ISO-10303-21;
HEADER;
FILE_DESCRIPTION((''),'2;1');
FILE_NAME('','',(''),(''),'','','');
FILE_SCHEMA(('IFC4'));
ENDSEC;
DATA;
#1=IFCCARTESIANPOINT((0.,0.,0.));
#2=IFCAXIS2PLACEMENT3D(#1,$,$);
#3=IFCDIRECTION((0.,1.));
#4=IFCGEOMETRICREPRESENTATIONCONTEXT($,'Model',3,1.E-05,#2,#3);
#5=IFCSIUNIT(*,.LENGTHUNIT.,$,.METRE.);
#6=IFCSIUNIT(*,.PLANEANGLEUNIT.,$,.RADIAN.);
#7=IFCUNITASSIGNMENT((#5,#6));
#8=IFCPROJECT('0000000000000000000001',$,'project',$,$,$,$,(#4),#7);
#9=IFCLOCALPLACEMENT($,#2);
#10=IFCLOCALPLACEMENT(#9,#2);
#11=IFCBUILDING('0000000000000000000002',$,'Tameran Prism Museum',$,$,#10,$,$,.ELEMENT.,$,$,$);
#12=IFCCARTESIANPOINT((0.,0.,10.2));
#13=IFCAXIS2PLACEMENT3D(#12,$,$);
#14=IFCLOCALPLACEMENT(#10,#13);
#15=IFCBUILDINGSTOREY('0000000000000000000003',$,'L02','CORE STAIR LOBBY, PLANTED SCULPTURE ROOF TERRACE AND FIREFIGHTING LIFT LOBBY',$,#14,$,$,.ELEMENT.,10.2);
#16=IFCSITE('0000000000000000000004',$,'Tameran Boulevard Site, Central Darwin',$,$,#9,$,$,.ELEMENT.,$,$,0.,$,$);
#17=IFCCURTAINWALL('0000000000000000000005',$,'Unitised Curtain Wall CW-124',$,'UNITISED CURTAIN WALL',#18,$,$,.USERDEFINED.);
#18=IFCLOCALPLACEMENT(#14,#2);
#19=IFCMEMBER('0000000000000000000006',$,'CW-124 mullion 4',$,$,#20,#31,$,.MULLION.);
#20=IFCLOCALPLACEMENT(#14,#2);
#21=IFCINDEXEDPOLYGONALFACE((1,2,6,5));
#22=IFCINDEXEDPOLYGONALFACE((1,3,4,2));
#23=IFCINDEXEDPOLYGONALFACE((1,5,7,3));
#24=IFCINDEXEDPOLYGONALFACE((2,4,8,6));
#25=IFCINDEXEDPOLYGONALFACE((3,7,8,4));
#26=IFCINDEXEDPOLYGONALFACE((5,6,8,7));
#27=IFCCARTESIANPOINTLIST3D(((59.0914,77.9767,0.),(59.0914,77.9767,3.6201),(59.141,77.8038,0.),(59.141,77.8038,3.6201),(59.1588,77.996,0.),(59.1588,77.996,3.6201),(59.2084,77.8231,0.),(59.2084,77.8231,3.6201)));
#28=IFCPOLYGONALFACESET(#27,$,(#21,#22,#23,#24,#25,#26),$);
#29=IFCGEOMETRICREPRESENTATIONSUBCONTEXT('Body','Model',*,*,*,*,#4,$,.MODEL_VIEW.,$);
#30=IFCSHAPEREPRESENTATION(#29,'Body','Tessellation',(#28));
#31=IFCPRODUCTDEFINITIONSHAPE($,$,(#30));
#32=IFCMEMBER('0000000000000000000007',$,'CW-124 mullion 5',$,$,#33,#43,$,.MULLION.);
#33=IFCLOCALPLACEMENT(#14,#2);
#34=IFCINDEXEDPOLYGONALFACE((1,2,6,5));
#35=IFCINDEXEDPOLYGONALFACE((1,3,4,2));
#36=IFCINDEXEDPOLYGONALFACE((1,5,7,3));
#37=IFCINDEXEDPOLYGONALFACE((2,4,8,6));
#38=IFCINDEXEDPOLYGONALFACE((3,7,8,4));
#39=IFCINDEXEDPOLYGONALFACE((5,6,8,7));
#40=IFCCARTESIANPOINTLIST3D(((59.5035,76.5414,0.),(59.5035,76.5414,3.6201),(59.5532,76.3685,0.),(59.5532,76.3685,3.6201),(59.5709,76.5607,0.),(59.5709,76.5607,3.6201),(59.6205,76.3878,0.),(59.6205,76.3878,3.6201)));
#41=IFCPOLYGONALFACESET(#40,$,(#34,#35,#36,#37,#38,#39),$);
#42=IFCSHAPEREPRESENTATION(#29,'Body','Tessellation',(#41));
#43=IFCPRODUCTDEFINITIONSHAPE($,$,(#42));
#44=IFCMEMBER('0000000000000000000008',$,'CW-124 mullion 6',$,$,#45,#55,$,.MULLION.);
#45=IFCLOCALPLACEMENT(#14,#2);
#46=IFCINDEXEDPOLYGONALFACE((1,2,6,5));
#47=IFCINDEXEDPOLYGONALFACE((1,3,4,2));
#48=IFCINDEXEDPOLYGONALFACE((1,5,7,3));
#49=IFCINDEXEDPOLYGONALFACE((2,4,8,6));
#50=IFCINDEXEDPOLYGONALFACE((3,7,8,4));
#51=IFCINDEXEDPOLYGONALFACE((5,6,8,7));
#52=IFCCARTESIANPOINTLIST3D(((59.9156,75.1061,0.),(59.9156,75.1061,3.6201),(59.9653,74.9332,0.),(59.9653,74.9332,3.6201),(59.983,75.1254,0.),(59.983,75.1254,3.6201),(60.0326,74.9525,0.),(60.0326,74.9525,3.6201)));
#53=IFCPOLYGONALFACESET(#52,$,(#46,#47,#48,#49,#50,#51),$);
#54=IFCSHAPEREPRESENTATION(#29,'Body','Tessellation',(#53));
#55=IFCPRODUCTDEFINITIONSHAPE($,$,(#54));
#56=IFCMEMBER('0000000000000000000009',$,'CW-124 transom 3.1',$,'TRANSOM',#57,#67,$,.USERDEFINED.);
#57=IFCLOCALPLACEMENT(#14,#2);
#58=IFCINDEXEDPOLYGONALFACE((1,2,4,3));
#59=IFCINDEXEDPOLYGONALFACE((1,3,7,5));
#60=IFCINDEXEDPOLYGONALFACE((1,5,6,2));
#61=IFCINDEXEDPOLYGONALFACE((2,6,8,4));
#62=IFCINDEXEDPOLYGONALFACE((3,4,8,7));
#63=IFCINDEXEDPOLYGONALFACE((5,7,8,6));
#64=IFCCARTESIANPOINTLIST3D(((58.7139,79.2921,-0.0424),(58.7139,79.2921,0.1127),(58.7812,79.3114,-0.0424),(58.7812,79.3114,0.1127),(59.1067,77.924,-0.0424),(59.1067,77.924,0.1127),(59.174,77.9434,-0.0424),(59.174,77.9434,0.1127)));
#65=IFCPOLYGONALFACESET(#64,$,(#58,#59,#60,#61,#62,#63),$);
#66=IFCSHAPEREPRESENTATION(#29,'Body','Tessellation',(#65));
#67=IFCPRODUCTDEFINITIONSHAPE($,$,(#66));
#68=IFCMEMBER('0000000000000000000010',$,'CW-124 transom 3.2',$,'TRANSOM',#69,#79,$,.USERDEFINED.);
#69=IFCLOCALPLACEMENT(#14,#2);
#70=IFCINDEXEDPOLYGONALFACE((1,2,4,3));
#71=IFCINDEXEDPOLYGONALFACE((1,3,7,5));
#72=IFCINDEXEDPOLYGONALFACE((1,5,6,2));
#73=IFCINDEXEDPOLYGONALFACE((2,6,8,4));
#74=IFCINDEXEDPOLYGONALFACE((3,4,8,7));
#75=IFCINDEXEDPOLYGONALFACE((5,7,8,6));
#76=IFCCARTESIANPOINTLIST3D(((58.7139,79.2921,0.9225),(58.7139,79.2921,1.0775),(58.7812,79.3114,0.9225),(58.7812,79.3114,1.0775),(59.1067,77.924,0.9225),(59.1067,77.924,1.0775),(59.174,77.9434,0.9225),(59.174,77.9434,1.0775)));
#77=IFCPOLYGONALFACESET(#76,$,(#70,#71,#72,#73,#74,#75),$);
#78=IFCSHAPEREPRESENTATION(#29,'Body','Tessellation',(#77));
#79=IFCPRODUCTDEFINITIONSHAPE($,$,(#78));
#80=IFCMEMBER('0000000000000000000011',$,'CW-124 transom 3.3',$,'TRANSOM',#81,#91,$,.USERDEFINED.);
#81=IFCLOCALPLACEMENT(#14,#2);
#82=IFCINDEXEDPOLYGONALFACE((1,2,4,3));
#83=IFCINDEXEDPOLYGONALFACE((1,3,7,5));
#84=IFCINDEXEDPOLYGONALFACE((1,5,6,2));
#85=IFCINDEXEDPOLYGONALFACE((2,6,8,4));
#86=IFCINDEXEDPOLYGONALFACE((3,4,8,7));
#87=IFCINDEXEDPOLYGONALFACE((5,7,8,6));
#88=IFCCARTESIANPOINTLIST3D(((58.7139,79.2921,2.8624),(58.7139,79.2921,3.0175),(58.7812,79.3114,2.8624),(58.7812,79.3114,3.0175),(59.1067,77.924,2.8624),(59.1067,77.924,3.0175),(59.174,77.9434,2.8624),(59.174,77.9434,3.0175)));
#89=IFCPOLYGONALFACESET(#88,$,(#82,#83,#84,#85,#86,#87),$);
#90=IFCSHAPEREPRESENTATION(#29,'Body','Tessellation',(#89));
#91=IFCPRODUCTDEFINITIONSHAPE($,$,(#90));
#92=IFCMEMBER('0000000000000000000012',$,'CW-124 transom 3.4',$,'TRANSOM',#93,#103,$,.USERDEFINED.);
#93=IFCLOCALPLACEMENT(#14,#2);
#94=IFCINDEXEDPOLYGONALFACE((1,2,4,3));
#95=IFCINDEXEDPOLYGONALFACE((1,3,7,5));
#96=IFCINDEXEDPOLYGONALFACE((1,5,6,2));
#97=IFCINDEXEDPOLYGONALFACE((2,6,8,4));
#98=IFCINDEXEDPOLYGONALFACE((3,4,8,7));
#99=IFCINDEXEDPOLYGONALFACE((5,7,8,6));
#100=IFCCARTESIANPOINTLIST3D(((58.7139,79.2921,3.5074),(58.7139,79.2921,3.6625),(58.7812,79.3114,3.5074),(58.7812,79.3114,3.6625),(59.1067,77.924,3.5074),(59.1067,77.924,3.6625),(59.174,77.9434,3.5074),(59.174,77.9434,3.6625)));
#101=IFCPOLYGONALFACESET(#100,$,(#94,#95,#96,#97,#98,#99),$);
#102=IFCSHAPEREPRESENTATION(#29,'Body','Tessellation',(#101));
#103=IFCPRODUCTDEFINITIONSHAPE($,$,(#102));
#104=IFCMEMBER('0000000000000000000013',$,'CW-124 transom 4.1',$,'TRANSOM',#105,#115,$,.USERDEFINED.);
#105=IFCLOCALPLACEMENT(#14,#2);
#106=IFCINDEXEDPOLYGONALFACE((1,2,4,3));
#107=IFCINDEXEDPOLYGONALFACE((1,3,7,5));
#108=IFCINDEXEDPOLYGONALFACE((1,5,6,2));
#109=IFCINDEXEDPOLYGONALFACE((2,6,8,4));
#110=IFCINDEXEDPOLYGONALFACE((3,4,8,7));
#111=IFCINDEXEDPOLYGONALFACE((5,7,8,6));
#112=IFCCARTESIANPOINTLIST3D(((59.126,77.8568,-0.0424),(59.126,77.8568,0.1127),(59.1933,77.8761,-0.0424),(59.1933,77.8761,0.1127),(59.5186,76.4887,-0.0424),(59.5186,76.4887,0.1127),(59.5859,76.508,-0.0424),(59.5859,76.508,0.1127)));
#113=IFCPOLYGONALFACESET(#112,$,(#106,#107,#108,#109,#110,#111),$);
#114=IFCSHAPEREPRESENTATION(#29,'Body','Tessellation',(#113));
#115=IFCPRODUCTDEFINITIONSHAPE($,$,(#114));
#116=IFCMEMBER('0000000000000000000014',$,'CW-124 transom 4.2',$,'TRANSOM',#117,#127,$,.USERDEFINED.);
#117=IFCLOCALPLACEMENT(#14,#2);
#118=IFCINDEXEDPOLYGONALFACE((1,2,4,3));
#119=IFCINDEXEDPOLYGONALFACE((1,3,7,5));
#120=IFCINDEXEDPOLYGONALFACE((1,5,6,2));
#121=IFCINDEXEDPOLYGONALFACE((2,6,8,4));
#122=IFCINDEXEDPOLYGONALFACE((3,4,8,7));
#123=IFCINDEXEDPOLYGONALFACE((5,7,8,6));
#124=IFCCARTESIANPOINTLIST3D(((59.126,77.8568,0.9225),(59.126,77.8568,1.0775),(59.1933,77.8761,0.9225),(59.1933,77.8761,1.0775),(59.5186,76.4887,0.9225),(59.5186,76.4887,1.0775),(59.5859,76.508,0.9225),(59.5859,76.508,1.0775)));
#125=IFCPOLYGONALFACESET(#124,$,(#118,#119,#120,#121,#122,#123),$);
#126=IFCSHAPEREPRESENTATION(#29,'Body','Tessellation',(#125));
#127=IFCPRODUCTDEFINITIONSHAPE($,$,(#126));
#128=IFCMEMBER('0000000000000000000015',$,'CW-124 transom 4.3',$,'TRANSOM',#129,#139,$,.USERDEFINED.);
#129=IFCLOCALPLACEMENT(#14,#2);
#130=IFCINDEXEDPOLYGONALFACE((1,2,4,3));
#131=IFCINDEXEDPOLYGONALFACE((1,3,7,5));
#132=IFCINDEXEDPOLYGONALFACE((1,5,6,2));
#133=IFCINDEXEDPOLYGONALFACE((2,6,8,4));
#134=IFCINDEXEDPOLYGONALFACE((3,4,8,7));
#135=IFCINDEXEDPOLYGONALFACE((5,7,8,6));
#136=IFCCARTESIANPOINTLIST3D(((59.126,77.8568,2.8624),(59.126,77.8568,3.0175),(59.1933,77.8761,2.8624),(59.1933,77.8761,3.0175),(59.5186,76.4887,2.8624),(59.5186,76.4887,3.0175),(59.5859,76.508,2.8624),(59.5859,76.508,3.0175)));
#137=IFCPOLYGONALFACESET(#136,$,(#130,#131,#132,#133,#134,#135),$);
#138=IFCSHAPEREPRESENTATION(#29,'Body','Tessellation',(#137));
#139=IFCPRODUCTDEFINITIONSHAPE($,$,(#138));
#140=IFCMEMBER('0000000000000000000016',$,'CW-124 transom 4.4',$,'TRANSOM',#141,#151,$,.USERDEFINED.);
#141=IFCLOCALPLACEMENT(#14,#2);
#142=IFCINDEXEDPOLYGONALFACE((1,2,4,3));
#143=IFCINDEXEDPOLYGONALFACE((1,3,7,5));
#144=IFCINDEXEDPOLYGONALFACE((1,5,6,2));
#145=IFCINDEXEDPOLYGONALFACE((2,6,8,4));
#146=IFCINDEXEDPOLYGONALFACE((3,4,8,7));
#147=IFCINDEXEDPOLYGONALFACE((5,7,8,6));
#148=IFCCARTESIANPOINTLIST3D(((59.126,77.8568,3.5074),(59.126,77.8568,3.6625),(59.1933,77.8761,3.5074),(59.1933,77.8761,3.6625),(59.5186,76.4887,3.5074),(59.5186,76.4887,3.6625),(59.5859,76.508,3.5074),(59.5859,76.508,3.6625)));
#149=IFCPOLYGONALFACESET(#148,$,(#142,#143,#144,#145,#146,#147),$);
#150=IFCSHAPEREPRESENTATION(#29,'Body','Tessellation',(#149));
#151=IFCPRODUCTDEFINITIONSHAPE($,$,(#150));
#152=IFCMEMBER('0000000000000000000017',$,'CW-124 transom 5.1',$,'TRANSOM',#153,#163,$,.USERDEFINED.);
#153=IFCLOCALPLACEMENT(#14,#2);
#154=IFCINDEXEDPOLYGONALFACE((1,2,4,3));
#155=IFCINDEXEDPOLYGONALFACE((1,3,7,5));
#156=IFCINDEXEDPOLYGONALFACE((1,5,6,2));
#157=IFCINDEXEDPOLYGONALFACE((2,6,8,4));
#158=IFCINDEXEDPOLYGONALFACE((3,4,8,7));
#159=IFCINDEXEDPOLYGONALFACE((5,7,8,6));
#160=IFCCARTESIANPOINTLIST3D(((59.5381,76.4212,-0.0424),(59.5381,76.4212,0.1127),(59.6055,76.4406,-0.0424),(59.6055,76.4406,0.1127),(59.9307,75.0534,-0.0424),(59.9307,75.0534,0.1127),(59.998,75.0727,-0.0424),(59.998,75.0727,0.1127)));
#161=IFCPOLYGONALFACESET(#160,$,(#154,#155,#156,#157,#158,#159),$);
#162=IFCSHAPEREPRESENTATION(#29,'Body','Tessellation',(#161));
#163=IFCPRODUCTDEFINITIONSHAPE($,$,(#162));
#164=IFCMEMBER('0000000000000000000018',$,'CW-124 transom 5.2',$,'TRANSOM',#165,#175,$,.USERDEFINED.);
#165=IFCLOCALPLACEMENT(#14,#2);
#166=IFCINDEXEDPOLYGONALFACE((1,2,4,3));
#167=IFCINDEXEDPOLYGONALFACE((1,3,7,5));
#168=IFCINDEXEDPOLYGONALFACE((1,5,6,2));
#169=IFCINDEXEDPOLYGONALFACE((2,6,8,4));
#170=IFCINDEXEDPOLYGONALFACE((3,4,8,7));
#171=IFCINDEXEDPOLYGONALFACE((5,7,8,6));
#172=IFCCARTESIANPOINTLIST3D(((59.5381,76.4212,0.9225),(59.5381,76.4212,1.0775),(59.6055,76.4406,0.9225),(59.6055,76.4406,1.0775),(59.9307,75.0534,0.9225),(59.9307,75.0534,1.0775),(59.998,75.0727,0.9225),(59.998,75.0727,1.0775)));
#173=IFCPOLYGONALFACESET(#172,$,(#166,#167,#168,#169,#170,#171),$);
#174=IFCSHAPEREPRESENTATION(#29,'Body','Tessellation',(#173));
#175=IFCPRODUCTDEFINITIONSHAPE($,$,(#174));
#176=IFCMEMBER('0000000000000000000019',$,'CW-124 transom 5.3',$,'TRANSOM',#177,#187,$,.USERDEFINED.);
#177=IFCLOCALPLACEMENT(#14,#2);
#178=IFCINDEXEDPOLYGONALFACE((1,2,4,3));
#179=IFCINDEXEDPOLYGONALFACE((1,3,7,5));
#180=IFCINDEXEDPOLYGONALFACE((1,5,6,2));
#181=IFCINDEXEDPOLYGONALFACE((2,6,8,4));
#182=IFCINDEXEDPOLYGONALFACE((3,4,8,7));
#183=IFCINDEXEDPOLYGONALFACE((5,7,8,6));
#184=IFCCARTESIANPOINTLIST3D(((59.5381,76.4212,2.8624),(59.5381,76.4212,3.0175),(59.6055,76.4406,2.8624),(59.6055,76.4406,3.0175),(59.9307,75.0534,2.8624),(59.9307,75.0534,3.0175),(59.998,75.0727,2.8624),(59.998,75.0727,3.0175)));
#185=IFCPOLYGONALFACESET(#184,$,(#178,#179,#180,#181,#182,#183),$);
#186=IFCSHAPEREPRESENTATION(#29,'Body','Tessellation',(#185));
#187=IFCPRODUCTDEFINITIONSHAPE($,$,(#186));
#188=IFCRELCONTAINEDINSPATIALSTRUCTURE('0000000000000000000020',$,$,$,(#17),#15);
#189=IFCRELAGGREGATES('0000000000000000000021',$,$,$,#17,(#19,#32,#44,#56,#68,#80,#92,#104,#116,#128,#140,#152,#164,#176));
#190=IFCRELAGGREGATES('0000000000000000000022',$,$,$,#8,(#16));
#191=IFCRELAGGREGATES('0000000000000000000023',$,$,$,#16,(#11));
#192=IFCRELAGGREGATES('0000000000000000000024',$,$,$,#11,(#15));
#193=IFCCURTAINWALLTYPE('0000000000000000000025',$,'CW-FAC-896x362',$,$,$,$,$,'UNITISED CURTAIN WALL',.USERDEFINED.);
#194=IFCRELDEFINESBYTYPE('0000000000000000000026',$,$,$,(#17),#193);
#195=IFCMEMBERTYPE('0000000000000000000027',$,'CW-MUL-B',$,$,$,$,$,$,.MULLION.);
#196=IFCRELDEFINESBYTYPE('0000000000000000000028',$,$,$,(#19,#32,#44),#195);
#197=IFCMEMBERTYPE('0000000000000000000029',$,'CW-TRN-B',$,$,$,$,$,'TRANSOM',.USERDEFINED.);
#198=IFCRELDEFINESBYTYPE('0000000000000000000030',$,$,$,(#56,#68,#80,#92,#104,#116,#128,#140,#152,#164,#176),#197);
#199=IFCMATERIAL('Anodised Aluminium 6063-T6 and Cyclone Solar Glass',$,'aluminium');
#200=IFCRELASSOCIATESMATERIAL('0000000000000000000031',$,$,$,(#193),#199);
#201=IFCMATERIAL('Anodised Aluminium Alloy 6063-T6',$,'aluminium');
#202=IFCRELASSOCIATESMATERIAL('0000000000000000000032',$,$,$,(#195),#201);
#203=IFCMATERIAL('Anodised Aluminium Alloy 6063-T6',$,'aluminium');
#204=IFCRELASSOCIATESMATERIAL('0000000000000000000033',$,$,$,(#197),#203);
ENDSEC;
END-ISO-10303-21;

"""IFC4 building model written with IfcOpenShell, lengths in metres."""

from ifc_helpers import new_model, si_unit, direction, frame, origin, origin_2d, place, context, subcontext, project, spatial, rectangle, extrude, material, material_profile, profile_set, type_object, element, aggregate, save


model = new_model("IFC4")

# Units and contexts
model_context = context("Model", 3, precision=1e-05, world=origin(), true_north=direction((0.0, 1.0)))
body_context = subcontext(model_context, "Body", "Model", "MODEL_VIEW")
ifc_project = project(units=[si_unit("LENGTHUNIT", "METRE"), si_unit("PLANEANGLEUNIT", "RADIAN")], contexts=[model_context])

# Site, building, storey
site_placement = place(None, origin())
site = spatial("IfcSite", under=ifc_project, at=site_placement, Name="Tameran Boulevard Site, Central Darwin", CompositionType="ELEMENT", RefElevation=0.0)
building_placement = place(site_placement, origin())
building = spatial("IfcBuilding", under=site, at=building_placement, Name="Tameran Prism Museum", CompositionType="ELEMENT")
storey_placement = place(building_placement, frame((0.0, 0.0, 10.2)))
storey = spatial("IfcBuildingStorey", under=building, at=storey_placement, Name="L02", Description="CORE STAIR LOBBY, PLANTED SCULPTURE ROOF TERRACE AND FIREFIGHTING LIFT LOBBY", CompositionType="ELEMENT", Elevation=10.2)

# Curtain wall, members
ifc_material_1 = material(Name="Anodised Aluminium 6063-T6 and Cyclone Solar Glass", Category="aluminium")
curtain_wall_type = type_object("IfcCurtainWallType", Name="CW-FAC-896x362", ElementType="UNITISED CURTAIN WALL", PredefinedType="USERDEFINED", material=ifc_material_1)
curtain_wall_placement = place(storey_placement, origin())
curtain_wall = element("IfcCurtainWall", 1, at=curtain_wall_placement, inside=storey, type_object=curtain_wall_type, Name="Unitised Curtain Wall CW-124", ObjectType="UNITISED CURTAIN WALL", PredefinedType="USERDEFINED")
ifc_material_2 = material(Name="Anodised Aluminium Alloy 6063-T6", Category="aluminium")
ifc_material_profile_1 = material_profile(ifc_material_2, rectangle(XDim=0.0701, YDim=0.1799, at=origin_2d()))
ifc_profile_set_1 = profile_set([ifc_material_profile_1])
member_type_1 = type_object("IfcMemberType", Name="CW-MUL-B", PredefinedType="MULLION", material=ifc_profile_set_1)
member_1_placement = place(storey_placement, frame((59.1499, 77.8999, 0.0), z_axis=(0.0, 0.0, 1.0), x_axis=(0.961186, 0.2759, 0.0)))
member_1 = element("IfcMember", 2, at=member_1_placement, type_object=member_type_1, Name="CW-124 mullion 4", PredefinedType="MULLION", context=body_context, shape_type="SweptSolid", body=[
    extrude(rectangle(XDim=0.0701, YDim=0.1799, at=origin_2d()), origin(), (0.0, 0.0, 1.0), 3.6201),
])
member_2_placement = place(storey_placement, frame((59.562, 76.4646, 0.0), z_axis=(0.0, 0.0, 1.0), x_axis=(0.961186, 0.2759, 0.0)))
member_2 = element("IfcMember", 3, at=member_2_placement, type_object=member_type_1, Name="CW-124 mullion 5", PredefinedType="MULLION", context=body_context, shape_type="SweptSolid", body=[
    extrude(rectangle(XDim=0.0701, YDim=0.1799, at=origin_2d()), origin(), (0.0, 0.0, 1.0), 3.6201),
])
member_3_placement = place(storey_placement, frame((59.9741, 75.0293, 0.0), z_axis=(0.0, 0.0, 1.0), x_axis=(0.961186, 0.2759, 0.0)))
member_3 = element("IfcMember", 4, at=member_3_placement, type_object=member_type_1, Name="CW-124 mullion 6", PredefinedType="MULLION", context=body_context, shape_type="SweptSolid", body=[
    extrude(rectangle(XDim=0.0701, YDim=0.1799, at=origin_2d()), origin(), (0.0, 0.0, 1.0), 3.6201),
])
ifc_material_3 = material(Name="Anodised Aluminium Alloy 6063-T6", Category="aluminium")
ifc_material_profile_2 = material_profile(ifc_material_3, rectangle(XDim=0.0701, YDim=0.155, at=origin_2d()))
ifc_profile_set_2 = profile_set([ifc_material_profile_2])
member_type_2 = type_object("IfcMemberType", Name="CW-TRN-B", ElementType="TRANSOM", PredefinedType="USERDEFINED", material=ifc_profile_set_2)
member_4_placement = place(storey_placement, frame((58.7476, 79.3018, 0.0352), z_axis=(0.275967, -0.961167, 0.0), x_axis=(0.961167, 0.275967, 0.0)))
member_4 = element("IfcMember", 5, at=member_4_placement, type_object=member_type_2, Name="CW-124 transom 3.1", ObjectType="TRANSOM", PredefinedType="USERDEFINED", context=body_context, shape_type="SweptSolid", body=[
    extrude(rectangle(XDim=0.0701, YDim=0.155, at=origin_2d()), origin(), (0.0, 0.0, 1.0), 1.4233),
])
member_5_placement = place(storey_placement, frame((58.7476, 79.3018, 1.0), z_axis=(0.275967, -0.961167, 0.0), x_axis=(0.961167, 0.275967, 0.0)))
member_5 = element("IfcMember", 6, at=member_5_placement, type_object=member_type_2, Name="CW-124 transom 3.2", ObjectType="TRANSOM", PredefinedType="USERDEFINED", context=body_context, shape_type="SweptSolid", body=[
    extrude(rectangle(XDim=0.0701, YDim=0.155, at=origin_2d()), origin(), (0.0, 0.0, 1.0), 1.4233),
])
member_6_placement = place(storey_placement, frame((58.7476, 79.3018, 2.9399), z_axis=(0.275967, -0.961167, 0.0), x_axis=(0.961167, 0.275967, 0.0)))
member_6 = element("IfcMember", 7, at=member_6_placement, type_object=member_type_2, Name="CW-124 transom 3.3", ObjectType="TRANSOM", PredefinedType="USERDEFINED", context=body_context, shape_type="SweptSolid", body=[
    extrude(rectangle(XDim=0.0701, YDim=0.155, at=origin_2d()), origin(), (0.0, 0.0, 1.0), 1.4233),
])
member_7_placement = place(storey_placement, frame((58.7476, 79.3018, 3.585), z_axis=(0.275967, -0.961167, 0.0), x_axis=(0.961167, 0.275967, 0.0)))
member_7 = element("IfcMember", 8, at=member_7_placement, type_object=member_type_2, Name="CW-124 transom 3.4", ObjectType="TRANSOM", PredefinedType="USERDEFINED", context=body_context, shape_type="SweptSolid", body=[
    extrude(rectangle(XDim=0.0701, YDim=0.155, at=origin_2d()), origin(), (0.0, 0.0, 1.0), 1.4233),
])
member_8_placement = place(storey_placement, frame((59.1597, 77.8665, 0.0352), z_axis=(0.275808, -0.961213, 0.0), x_axis=(0.961213, 0.275808, 0.0)))
member_8 = element("IfcMember", 9, at=member_8_placement, type_object=member_type_2, Name="CW-124 transom 4.1", ObjectType="TRANSOM", PredefinedType="USERDEFINED", context=body_context, shape_type="SweptSolid", body=[
    extrude(rectangle(XDim=0.0701, YDim=0.155, at=origin_2d()), origin(), (0.0, 0.0, 1.0), 1.4233),
])
member_9_placement = place(storey_placement, frame((59.1597, 77.8665, 1.0), z_axis=(0.275808, -0.961213, 0.0), x_axis=(0.961213, 0.275808, 0.0)))
member_9 = element("IfcMember", 10, at=member_9_placement, type_object=member_type_2, Name="CW-124 transom 4.2", ObjectType="TRANSOM", PredefinedType="USERDEFINED", context=body_context, shape_type="SweptSolid", body=[
    extrude(rectangle(XDim=0.0701, YDim=0.155, at=origin_2d()), origin(), (0.0, 0.0, 1.0), 1.4233),
])
member_10_placement = place(storey_placement, frame((59.1597, 77.8665, 2.9399), z_axis=(0.275808, -0.961213, 0.0), x_axis=(0.961213, 0.275808, 0.0)))
member_10 = element("IfcMember", 11, at=member_10_placement, type_object=member_type_2, Name="CW-124 transom 4.3", ObjectType="TRANSOM", PredefinedType="USERDEFINED", context=body_context, shape_type="SweptSolid", body=[
    extrude(rectangle(XDim=0.0701, YDim=0.155, at=origin_2d()), origin(), (0.0, 0.0, 1.0), 1.4233),
])
member_11_placement = place(storey_placement, frame((59.1597, 77.8665, 3.585), z_axis=(0.275808, -0.961213, 0.0), x_axis=(0.961213, 0.275808, 0.0)))
member_11 = element("IfcMember", 12, at=member_11_placement, type_object=member_type_2, Name="CW-124 transom 4.4", ObjectType="TRANSOM", PredefinedType="USERDEFINED", context=body_context, shape_type="SweptSolid", body=[
    extrude(rectangle(XDim=0.0701, YDim=0.155, at=origin_2d()), origin(), (0.0, 0.0, 1.0), 1.4233),
])
member_12_placement = place(storey_placement, frame((59.5718, 76.4309, 0.0352), z_axis=(0.275854, -0.9612, 0.0), x_axis=(0.9612, 0.275854, 0.0)))
member_12 = element("IfcMember", 13, at=member_12_placement, type_object=member_type_2, Name="CW-124 transom 5.1", ObjectType="TRANSOM", PredefinedType="USERDEFINED", context=body_context, shape_type="SweptSolid", body=[
    extrude(rectangle(XDim=0.0701, YDim=0.155, at=origin_2d()), origin(), (0.0, 0.0, 1.0), 1.4231),
])
member_13_placement = place(storey_placement, frame((59.5718, 76.4309, 1.0), z_axis=(0.275854, -0.9612, 0.0), x_axis=(0.9612, 0.275854, 0.0)))
member_13 = element("IfcMember", 14, at=member_13_placement, type_object=member_type_2, Name="CW-124 transom 5.2", ObjectType="TRANSOM", PredefinedType="USERDEFINED", context=body_context, shape_type="SweptSolid", body=[
    extrude(rectangle(XDim=0.0701, YDim=0.155, at=origin_2d()), origin(), (0.0, 0.0, 1.0), 1.4231),
])
member_14_placement = place(storey_placement, frame((59.5718, 76.4309, 2.9399), z_axis=(0.275854, -0.9612, 0.0), x_axis=(0.9612, 0.275854, 0.0)))
member_14 = element("IfcMember", 15, at=member_14_placement, type_object=member_type_2, Name="CW-124 transom 5.3", ObjectType="TRANSOM", PredefinedType="USERDEFINED", context=body_context, shape_type="SweptSolid", body=[
    extrude(rectangle(XDim=0.0701, YDim=0.155, at=origin_2d()), origin(), (0.0, 0.0, 1.0), 1.4231),
])
aggregate(curtain_wall, [member_1, member_2, member_3, member_4, member_5, member_6, member_7, member_8, member_9, member_10, member_11, member_12, member_13, member_14])

save(model, "model.ifc")
